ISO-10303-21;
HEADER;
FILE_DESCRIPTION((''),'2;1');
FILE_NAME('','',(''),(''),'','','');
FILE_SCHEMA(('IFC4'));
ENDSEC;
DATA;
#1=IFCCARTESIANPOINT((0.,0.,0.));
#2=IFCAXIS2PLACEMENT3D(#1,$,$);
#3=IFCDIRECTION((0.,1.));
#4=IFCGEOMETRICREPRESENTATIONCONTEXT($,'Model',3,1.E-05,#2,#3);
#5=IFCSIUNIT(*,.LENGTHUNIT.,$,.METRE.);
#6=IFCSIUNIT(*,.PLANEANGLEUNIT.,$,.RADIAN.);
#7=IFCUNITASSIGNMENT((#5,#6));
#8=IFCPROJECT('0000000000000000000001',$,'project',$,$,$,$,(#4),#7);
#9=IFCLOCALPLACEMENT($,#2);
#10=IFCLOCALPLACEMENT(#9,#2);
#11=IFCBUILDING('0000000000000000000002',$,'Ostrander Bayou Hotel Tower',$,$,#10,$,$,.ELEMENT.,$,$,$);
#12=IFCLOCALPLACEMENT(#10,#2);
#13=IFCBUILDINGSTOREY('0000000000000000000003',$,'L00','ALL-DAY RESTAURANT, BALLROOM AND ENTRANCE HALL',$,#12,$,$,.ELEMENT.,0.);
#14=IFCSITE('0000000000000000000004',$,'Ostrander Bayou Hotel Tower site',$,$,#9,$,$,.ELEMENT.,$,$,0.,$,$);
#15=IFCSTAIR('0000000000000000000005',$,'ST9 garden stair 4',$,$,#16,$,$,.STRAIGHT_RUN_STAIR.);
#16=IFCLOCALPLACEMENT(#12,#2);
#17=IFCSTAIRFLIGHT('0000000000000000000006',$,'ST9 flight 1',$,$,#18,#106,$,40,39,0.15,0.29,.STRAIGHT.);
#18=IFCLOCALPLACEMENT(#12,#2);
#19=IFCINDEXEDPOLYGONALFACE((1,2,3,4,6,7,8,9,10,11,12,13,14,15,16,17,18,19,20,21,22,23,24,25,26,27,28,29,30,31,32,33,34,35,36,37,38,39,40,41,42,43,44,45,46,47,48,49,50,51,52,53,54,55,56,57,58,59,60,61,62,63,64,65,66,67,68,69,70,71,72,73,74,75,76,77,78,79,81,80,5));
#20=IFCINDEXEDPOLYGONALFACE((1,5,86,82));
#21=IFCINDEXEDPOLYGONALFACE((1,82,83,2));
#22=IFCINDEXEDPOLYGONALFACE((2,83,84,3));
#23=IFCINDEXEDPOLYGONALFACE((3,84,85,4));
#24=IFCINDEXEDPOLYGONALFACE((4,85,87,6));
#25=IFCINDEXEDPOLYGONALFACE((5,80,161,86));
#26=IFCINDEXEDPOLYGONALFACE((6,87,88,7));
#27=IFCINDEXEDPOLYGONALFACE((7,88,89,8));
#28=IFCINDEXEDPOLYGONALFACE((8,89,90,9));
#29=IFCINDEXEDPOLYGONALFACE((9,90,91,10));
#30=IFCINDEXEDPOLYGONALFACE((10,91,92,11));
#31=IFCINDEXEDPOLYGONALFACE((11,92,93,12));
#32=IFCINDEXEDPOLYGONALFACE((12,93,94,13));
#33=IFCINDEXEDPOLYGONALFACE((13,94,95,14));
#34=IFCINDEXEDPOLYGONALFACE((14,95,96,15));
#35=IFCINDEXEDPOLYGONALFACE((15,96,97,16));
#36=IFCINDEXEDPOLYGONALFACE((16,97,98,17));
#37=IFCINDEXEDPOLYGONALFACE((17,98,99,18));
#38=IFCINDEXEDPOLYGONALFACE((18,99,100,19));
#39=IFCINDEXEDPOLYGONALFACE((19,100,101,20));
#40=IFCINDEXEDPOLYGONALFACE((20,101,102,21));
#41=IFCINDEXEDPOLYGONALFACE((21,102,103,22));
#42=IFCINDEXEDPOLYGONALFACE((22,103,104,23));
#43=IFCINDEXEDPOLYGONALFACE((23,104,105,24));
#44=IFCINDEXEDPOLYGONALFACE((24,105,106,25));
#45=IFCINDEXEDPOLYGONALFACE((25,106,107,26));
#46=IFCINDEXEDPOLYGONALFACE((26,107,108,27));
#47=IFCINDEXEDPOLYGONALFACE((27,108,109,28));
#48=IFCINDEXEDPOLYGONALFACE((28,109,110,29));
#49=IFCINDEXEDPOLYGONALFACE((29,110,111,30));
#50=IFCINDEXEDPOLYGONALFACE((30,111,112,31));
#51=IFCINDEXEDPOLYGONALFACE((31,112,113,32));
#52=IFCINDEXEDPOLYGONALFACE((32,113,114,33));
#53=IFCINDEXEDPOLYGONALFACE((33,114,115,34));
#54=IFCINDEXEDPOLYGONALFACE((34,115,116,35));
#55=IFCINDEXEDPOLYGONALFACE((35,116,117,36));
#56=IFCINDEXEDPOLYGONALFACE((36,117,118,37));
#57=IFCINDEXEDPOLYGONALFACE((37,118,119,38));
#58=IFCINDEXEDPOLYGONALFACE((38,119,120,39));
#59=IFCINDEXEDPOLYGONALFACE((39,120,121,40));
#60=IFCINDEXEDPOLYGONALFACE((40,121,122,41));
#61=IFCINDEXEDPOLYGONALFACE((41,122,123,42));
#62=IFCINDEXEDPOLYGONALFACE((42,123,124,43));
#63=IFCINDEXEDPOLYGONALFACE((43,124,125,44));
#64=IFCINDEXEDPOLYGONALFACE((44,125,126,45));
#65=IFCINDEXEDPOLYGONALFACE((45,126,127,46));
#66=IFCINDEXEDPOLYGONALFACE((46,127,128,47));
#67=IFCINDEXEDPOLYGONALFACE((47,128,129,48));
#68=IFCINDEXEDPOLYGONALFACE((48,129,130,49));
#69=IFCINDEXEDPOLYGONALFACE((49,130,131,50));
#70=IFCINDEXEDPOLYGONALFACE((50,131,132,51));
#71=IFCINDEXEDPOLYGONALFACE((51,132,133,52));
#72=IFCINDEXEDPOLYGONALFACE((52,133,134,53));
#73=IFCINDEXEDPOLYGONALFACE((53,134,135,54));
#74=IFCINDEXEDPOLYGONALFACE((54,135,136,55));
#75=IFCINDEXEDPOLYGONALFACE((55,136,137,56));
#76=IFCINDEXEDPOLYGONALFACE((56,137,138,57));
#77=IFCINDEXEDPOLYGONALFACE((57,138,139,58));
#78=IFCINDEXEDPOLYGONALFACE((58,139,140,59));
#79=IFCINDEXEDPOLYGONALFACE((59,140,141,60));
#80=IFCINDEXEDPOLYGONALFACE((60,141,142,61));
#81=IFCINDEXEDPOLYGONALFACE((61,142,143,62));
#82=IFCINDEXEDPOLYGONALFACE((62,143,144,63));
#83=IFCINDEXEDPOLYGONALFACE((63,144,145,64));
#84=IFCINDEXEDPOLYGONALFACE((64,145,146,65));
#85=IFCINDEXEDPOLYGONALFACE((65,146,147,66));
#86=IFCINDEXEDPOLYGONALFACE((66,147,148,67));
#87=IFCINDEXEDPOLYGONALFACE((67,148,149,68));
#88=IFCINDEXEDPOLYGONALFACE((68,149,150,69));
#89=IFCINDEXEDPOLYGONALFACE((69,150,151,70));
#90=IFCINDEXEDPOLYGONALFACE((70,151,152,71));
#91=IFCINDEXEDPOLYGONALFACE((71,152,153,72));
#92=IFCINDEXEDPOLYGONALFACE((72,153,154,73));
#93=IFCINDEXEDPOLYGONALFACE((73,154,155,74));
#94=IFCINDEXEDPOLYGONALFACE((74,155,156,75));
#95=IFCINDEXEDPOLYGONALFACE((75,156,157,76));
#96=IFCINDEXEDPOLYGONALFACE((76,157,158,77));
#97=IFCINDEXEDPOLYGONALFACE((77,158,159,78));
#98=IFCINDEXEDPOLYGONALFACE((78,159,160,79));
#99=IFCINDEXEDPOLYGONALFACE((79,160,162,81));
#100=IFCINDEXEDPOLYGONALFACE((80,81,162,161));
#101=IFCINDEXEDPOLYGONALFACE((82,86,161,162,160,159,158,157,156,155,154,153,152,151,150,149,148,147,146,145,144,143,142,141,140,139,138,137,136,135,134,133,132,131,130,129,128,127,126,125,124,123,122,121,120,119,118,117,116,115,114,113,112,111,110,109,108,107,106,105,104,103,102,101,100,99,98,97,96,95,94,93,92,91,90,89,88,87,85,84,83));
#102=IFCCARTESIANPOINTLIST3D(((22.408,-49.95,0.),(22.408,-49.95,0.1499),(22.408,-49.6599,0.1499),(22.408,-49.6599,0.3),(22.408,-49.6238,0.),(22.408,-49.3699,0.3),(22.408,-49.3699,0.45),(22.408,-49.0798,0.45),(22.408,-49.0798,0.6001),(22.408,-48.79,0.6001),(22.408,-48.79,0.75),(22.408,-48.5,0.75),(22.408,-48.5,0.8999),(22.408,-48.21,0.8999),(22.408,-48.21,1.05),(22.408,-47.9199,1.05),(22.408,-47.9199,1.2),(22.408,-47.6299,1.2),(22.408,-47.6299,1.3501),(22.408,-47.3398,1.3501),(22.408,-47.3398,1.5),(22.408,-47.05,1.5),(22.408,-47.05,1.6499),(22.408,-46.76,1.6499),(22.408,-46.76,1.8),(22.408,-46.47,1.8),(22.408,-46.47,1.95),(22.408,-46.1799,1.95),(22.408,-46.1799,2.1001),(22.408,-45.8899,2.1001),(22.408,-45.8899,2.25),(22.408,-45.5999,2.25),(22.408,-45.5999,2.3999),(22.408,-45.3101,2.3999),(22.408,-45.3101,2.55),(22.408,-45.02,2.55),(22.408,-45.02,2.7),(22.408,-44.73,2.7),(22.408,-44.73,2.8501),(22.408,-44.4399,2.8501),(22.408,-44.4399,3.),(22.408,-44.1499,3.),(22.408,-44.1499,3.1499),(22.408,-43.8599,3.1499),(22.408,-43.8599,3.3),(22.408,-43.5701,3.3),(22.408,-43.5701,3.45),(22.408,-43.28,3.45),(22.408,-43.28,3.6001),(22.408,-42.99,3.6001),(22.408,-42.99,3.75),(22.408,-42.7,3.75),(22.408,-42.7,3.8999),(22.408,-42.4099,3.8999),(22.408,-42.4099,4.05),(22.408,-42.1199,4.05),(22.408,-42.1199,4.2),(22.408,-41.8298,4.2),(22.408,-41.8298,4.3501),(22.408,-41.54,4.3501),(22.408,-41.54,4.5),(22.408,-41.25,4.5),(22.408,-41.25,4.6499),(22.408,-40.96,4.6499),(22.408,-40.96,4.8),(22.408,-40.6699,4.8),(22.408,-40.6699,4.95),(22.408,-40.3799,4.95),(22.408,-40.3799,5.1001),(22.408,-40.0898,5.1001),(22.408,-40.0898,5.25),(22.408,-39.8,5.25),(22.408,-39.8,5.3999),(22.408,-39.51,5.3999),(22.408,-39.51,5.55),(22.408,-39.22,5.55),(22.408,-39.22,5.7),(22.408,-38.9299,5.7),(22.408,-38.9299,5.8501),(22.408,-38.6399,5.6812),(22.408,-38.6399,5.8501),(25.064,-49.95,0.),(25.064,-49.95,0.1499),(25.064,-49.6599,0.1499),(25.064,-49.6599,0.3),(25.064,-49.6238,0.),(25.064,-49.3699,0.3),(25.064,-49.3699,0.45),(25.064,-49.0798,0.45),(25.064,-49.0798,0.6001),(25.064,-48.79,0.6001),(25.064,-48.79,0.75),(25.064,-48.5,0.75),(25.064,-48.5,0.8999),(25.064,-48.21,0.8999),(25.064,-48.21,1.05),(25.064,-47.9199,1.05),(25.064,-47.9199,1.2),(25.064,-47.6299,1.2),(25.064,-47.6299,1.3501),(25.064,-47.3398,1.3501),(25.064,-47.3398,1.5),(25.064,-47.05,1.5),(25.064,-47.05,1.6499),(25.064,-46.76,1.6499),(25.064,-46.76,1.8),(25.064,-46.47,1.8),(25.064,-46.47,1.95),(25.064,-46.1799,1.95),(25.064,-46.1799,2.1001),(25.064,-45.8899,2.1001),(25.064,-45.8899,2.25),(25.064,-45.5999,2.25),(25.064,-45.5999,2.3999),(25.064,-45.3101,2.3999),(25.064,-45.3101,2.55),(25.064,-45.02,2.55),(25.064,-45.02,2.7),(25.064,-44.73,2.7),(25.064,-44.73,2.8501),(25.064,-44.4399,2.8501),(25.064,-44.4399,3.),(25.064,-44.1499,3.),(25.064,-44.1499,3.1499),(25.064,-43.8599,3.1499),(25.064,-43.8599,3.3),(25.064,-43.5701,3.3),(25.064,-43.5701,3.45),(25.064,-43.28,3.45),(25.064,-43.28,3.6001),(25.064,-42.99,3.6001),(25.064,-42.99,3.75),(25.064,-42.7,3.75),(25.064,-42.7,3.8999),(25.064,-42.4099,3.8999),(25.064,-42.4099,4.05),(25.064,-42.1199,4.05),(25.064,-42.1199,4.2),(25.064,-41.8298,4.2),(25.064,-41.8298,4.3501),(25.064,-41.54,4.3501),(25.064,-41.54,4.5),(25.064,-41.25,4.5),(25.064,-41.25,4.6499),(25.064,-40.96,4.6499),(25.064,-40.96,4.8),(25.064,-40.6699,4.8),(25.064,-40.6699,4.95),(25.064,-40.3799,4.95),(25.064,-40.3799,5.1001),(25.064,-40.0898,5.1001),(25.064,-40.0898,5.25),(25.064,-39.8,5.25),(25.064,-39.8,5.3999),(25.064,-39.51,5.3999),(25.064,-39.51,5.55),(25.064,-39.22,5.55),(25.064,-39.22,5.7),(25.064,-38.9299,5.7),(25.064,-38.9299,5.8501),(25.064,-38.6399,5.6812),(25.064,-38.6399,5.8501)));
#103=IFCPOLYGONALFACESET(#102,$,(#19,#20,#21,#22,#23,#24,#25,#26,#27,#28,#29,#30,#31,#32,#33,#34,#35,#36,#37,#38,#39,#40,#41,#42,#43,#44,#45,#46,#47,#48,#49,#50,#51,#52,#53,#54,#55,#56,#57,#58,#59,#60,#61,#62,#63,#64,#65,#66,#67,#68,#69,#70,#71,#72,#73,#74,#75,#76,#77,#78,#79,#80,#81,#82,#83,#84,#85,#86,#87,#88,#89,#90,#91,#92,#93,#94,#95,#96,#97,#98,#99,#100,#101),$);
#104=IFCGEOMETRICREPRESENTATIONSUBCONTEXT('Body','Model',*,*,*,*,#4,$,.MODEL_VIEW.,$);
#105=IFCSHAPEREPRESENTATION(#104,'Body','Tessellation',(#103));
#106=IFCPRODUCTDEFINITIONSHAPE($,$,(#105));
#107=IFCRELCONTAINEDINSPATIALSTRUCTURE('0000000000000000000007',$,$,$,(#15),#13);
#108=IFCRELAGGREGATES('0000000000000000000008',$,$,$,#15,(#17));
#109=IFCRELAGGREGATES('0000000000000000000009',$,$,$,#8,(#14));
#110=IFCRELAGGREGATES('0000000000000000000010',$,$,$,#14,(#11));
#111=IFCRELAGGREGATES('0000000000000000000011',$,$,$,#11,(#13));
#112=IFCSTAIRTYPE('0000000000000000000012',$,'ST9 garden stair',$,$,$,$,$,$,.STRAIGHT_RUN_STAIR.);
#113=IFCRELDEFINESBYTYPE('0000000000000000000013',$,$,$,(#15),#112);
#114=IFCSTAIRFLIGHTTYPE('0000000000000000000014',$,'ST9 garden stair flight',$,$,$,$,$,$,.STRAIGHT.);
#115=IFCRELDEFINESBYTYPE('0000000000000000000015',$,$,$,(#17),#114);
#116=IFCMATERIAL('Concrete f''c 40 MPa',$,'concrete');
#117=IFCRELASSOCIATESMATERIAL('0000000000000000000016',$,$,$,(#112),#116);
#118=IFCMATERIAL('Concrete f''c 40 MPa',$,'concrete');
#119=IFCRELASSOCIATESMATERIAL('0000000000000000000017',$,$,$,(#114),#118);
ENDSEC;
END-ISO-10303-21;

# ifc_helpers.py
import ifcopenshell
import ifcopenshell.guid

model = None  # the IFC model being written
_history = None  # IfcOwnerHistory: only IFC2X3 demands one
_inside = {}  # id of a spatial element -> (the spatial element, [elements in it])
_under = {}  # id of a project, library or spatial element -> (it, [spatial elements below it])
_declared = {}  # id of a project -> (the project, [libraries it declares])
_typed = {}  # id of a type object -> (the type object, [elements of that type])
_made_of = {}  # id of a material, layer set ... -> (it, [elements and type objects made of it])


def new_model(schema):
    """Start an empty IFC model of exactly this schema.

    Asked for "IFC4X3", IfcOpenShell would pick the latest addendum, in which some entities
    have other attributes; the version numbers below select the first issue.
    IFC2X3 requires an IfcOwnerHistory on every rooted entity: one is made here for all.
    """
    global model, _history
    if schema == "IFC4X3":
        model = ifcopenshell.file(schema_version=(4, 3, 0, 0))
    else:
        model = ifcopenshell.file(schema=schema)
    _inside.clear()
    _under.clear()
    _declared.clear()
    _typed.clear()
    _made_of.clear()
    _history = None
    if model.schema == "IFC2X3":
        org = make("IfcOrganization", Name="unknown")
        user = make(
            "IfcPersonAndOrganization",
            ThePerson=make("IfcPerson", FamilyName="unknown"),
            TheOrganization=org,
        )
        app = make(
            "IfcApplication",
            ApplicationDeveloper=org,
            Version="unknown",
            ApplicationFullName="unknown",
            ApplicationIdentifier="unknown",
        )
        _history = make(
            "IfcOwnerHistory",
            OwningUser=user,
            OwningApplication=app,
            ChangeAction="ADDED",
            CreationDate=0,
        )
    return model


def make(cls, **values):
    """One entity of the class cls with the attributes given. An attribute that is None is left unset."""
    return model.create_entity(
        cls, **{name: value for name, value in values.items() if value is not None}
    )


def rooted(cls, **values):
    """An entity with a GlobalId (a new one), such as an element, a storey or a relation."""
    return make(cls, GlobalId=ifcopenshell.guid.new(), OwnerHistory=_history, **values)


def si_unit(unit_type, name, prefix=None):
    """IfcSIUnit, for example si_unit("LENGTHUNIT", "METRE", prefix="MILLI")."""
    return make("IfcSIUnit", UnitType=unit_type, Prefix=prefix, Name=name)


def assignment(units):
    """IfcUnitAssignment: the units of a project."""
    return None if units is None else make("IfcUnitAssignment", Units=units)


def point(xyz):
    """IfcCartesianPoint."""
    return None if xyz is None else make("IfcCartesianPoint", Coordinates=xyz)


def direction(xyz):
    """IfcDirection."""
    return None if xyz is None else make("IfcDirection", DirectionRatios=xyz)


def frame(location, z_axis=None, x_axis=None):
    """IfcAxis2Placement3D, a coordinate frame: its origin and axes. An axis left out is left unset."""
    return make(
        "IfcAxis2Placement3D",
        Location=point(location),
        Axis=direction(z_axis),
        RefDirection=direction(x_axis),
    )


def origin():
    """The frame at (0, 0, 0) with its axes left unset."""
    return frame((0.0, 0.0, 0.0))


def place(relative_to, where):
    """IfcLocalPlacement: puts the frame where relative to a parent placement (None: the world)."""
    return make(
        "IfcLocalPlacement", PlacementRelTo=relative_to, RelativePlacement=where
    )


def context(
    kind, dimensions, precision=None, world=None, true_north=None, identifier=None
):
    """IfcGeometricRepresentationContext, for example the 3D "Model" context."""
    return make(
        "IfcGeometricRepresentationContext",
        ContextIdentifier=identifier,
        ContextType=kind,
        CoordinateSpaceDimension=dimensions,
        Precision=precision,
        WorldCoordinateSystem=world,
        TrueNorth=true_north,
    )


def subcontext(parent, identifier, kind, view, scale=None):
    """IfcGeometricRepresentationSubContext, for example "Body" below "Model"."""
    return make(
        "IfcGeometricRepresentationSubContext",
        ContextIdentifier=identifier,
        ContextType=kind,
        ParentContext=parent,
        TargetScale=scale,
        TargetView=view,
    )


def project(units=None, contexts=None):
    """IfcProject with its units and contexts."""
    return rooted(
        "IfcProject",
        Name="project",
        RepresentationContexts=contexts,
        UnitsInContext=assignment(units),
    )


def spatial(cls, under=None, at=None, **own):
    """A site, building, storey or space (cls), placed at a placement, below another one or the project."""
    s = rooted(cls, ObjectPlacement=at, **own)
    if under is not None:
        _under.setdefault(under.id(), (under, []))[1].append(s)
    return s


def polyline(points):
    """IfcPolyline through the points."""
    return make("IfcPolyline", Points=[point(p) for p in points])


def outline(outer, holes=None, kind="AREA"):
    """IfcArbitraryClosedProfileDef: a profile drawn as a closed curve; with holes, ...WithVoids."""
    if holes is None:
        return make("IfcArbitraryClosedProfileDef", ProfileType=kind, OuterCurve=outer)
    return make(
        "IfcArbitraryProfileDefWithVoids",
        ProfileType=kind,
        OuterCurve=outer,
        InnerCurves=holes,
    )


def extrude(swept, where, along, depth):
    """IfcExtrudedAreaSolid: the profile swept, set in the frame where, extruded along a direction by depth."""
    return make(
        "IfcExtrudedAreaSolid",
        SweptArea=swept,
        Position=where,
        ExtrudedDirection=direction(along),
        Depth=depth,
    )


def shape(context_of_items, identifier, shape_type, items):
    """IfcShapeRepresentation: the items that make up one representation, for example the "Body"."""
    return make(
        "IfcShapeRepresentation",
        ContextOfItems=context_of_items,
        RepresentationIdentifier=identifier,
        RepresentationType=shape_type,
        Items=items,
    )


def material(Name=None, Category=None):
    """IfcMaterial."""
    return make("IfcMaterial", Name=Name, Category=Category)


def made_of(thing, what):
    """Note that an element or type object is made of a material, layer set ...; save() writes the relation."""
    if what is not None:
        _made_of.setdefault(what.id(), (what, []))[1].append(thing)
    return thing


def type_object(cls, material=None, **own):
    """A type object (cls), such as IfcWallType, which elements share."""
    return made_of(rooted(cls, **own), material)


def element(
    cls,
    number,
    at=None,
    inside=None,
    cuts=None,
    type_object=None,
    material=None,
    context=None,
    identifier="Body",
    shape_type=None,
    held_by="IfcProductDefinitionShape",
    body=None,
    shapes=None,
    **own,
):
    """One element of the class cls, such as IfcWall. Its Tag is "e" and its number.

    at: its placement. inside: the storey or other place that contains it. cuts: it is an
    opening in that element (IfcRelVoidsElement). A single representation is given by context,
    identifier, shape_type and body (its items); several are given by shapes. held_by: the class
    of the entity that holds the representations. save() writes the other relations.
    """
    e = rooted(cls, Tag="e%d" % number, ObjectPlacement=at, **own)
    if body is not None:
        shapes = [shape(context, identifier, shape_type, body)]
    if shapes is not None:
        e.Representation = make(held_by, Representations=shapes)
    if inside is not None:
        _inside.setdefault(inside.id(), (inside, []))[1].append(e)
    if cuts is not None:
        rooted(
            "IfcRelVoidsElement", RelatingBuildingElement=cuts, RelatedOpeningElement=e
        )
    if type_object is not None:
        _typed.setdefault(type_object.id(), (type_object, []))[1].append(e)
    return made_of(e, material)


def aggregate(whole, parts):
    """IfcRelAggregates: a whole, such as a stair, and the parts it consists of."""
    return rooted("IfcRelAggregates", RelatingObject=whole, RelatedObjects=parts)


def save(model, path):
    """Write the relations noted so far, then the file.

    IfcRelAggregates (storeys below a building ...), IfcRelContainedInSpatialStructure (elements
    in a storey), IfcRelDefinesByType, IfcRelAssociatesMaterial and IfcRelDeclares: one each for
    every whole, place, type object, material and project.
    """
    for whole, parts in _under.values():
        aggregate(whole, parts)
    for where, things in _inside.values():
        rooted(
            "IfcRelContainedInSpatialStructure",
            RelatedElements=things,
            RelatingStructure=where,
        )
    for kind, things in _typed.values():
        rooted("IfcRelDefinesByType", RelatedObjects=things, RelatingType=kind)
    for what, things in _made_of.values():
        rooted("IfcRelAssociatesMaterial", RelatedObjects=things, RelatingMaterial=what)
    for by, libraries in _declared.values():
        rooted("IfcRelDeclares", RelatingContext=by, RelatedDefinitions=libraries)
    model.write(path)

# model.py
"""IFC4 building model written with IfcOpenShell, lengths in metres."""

from ifc_helpers import new_model, si_unit, direction, frame, origin, place, context, subcontext, project, spatial, polyline, outline, extrude, material, type_object, element, aggregate, save


model = new_model("IFC4")

# Units and contexts
model_context = context("Model", 3, precision=1e-05, world=origin(), true_north=direction((0.0, 1.0)))
body_context = subcontext(model_context, "Body", "Model", "MODEL_VIEW")
ifc_project = project(units=[si_unit("LENGTHUNIT", "METRE"), si_unit("PLANEANGLEUNIT", "RADIAN")], contexts=[model_context])

# Site, building, storey
site_placement = place(None, origin())
site = spatial("IfcSite", under=ifc_project, at=site_placement, Name="Ostrander Bayou Hotel Tower site", CompositionType="ELEMENT", RefElevation=0.0)
building_placement = place(site_placement, origin())
building = spatial("IfcBuilding", under=site, at=building_placement, Name="Ostrander Bayou Hotel Tower", CompositionType="ELEMENT")
storey_placement = place(building_placement, origin())
storey = spatial("IfcBuildingStorey", under=building, at=storey_placement, Name="L00", Description="ALL-DAY RESTAURANT, BALLROOM AND ENTRANCE HALL", CompositionType="ELEMENT", Elevation=0.0)

# Stair, stair flight
ifc_material_1 = material(Name="Concrete f'c 40 MPa", Category="concrete")
stair_type = type_object("IfcStairType", Name="ST9 garden stair", PredefinedType="STRAIGHT_RUN_STAIR", material=ifc_material_1)
ifc_material_2 = material(Name="Concrete f'c 40 MPa", Category="concrete")
stair_flight_type = type_object("IfcStairFlightType", Name="ST9 garden stair flight", PredefinedType="STRAIGHT", material=ifc_material_2)
stair_1_placement = place(storey_placement, origin())
stair_1 = element("IfcStair", 1, at=stair_1_placement, inside=storey, type_object=stair_type, Name="ST9 garden stair 4", PredefinedType="STRAIGHT_RUN_STAIR")
stair_flight_1_placement = place(storey_placement, frame((23.7361, -49.95, 0.0), z_axis=(0.0, 0.0, 1.0), x_axis=(0.0, 1.0, 0.0)))
stair_flight_1 = element("IfcStairFlight", 2, at=stair_flight_1_placement, type_object=stair_flight_type, Name="ST9 flight 1", NumberOfRisers=40, NumberOfTreads=39, PredefinedType="STRAIGHT", RiserHeight=0.15, TreadLength=0.29, context=body_context, shape_type="SweptSolid", body=[
    extrude(outline(polyline([(0.0, 0.0), (0.0, 0.1499), (0.29, 0.1499), (0.29, 0.3), (0.5801, 0.3), (0.5801, 0.45), (0.8701, 0.45), (0.8701, 0.6001), (1.1599, 0.6001), (1.1599, 0.75), (1.45, 0.75), (1.45, 0.8999), (1.74, 0.8999), (1.74, 1.05), (2.03, 1.05), (2.03, 1.2), (2.3201, 1.2), (2.3201, 1.3501), (2.6101, 1.3501), (2.6101, 1.5), (2.8999, 1.5), (2.8999, 1.6499), (3.1899, 1.6499), (3.1899, 1.8), (3.48, 1.8), (3.48, 1.95), (3.77, 1.95), (3.77, 2.1001), (4.0601, 2.1001), (4.0601, 2.25), (4.3501, 2.25), (4.3501, 2.3999), (4.6399, 2.3999), (4.6399, 2.55), (4.9299, 2.55), (4.9299, 2.7), (5.22, 2.7), (5.22, 2.8501), (5.51, 2.8501), (5.51, 3.0), (5.8, 3.0), (5.8, 3.1499), (6.0901, 3.1499), (6.0901, 3.3), (6.3799, 3.3), (6.3799, 3.45), (6.6699, 3.45), (6.6699, 3.6001), (6.96, 3.6001), (6.96, 3.75), (7.25, 3.75), (7.25, 3.8999), (7.54, 3.8999), (7.54, 4.05), (7.8301, 4.05), (7.8301, 4.2), (8.1201, 4.2), (8.1201, 4.3501), (8.4099, 4.3501), (8.4099, 4.5), (8.7, 4.5), (8.7, 4.6499), (8.99, 4.6499), (8.99, 4.8), (9.28, 4.8), (9.28, 4.95), (9.5701, 4.95), (9.5701, 5.1001), (9.8601, 5.1001), (9.8601, 5.25), (10.1499, 5.25), (10.1499, 5.3999), (10.4399, 5.3999), (10.4399, 5.55), (10.73, 5.55), (10.73, 5.7), (11.02, 5.7), (11.02, 5.8501), (11.3101, 5.8501), (11.3101, 6.0), (11.3101, 5.6812), (0.3262, 0.0), (0.0, 0.0)])), frame((0.0, 1.3281, 0.0), z_axis=(0.0, -1.0, 0.0), x_axis=(1.0, 0.0, 0.0)), (0.0, 0.0, 1.0), 2.656),
])
aggregate(stair_1, [stair_flight_1])

save(model, "model.ifc")
